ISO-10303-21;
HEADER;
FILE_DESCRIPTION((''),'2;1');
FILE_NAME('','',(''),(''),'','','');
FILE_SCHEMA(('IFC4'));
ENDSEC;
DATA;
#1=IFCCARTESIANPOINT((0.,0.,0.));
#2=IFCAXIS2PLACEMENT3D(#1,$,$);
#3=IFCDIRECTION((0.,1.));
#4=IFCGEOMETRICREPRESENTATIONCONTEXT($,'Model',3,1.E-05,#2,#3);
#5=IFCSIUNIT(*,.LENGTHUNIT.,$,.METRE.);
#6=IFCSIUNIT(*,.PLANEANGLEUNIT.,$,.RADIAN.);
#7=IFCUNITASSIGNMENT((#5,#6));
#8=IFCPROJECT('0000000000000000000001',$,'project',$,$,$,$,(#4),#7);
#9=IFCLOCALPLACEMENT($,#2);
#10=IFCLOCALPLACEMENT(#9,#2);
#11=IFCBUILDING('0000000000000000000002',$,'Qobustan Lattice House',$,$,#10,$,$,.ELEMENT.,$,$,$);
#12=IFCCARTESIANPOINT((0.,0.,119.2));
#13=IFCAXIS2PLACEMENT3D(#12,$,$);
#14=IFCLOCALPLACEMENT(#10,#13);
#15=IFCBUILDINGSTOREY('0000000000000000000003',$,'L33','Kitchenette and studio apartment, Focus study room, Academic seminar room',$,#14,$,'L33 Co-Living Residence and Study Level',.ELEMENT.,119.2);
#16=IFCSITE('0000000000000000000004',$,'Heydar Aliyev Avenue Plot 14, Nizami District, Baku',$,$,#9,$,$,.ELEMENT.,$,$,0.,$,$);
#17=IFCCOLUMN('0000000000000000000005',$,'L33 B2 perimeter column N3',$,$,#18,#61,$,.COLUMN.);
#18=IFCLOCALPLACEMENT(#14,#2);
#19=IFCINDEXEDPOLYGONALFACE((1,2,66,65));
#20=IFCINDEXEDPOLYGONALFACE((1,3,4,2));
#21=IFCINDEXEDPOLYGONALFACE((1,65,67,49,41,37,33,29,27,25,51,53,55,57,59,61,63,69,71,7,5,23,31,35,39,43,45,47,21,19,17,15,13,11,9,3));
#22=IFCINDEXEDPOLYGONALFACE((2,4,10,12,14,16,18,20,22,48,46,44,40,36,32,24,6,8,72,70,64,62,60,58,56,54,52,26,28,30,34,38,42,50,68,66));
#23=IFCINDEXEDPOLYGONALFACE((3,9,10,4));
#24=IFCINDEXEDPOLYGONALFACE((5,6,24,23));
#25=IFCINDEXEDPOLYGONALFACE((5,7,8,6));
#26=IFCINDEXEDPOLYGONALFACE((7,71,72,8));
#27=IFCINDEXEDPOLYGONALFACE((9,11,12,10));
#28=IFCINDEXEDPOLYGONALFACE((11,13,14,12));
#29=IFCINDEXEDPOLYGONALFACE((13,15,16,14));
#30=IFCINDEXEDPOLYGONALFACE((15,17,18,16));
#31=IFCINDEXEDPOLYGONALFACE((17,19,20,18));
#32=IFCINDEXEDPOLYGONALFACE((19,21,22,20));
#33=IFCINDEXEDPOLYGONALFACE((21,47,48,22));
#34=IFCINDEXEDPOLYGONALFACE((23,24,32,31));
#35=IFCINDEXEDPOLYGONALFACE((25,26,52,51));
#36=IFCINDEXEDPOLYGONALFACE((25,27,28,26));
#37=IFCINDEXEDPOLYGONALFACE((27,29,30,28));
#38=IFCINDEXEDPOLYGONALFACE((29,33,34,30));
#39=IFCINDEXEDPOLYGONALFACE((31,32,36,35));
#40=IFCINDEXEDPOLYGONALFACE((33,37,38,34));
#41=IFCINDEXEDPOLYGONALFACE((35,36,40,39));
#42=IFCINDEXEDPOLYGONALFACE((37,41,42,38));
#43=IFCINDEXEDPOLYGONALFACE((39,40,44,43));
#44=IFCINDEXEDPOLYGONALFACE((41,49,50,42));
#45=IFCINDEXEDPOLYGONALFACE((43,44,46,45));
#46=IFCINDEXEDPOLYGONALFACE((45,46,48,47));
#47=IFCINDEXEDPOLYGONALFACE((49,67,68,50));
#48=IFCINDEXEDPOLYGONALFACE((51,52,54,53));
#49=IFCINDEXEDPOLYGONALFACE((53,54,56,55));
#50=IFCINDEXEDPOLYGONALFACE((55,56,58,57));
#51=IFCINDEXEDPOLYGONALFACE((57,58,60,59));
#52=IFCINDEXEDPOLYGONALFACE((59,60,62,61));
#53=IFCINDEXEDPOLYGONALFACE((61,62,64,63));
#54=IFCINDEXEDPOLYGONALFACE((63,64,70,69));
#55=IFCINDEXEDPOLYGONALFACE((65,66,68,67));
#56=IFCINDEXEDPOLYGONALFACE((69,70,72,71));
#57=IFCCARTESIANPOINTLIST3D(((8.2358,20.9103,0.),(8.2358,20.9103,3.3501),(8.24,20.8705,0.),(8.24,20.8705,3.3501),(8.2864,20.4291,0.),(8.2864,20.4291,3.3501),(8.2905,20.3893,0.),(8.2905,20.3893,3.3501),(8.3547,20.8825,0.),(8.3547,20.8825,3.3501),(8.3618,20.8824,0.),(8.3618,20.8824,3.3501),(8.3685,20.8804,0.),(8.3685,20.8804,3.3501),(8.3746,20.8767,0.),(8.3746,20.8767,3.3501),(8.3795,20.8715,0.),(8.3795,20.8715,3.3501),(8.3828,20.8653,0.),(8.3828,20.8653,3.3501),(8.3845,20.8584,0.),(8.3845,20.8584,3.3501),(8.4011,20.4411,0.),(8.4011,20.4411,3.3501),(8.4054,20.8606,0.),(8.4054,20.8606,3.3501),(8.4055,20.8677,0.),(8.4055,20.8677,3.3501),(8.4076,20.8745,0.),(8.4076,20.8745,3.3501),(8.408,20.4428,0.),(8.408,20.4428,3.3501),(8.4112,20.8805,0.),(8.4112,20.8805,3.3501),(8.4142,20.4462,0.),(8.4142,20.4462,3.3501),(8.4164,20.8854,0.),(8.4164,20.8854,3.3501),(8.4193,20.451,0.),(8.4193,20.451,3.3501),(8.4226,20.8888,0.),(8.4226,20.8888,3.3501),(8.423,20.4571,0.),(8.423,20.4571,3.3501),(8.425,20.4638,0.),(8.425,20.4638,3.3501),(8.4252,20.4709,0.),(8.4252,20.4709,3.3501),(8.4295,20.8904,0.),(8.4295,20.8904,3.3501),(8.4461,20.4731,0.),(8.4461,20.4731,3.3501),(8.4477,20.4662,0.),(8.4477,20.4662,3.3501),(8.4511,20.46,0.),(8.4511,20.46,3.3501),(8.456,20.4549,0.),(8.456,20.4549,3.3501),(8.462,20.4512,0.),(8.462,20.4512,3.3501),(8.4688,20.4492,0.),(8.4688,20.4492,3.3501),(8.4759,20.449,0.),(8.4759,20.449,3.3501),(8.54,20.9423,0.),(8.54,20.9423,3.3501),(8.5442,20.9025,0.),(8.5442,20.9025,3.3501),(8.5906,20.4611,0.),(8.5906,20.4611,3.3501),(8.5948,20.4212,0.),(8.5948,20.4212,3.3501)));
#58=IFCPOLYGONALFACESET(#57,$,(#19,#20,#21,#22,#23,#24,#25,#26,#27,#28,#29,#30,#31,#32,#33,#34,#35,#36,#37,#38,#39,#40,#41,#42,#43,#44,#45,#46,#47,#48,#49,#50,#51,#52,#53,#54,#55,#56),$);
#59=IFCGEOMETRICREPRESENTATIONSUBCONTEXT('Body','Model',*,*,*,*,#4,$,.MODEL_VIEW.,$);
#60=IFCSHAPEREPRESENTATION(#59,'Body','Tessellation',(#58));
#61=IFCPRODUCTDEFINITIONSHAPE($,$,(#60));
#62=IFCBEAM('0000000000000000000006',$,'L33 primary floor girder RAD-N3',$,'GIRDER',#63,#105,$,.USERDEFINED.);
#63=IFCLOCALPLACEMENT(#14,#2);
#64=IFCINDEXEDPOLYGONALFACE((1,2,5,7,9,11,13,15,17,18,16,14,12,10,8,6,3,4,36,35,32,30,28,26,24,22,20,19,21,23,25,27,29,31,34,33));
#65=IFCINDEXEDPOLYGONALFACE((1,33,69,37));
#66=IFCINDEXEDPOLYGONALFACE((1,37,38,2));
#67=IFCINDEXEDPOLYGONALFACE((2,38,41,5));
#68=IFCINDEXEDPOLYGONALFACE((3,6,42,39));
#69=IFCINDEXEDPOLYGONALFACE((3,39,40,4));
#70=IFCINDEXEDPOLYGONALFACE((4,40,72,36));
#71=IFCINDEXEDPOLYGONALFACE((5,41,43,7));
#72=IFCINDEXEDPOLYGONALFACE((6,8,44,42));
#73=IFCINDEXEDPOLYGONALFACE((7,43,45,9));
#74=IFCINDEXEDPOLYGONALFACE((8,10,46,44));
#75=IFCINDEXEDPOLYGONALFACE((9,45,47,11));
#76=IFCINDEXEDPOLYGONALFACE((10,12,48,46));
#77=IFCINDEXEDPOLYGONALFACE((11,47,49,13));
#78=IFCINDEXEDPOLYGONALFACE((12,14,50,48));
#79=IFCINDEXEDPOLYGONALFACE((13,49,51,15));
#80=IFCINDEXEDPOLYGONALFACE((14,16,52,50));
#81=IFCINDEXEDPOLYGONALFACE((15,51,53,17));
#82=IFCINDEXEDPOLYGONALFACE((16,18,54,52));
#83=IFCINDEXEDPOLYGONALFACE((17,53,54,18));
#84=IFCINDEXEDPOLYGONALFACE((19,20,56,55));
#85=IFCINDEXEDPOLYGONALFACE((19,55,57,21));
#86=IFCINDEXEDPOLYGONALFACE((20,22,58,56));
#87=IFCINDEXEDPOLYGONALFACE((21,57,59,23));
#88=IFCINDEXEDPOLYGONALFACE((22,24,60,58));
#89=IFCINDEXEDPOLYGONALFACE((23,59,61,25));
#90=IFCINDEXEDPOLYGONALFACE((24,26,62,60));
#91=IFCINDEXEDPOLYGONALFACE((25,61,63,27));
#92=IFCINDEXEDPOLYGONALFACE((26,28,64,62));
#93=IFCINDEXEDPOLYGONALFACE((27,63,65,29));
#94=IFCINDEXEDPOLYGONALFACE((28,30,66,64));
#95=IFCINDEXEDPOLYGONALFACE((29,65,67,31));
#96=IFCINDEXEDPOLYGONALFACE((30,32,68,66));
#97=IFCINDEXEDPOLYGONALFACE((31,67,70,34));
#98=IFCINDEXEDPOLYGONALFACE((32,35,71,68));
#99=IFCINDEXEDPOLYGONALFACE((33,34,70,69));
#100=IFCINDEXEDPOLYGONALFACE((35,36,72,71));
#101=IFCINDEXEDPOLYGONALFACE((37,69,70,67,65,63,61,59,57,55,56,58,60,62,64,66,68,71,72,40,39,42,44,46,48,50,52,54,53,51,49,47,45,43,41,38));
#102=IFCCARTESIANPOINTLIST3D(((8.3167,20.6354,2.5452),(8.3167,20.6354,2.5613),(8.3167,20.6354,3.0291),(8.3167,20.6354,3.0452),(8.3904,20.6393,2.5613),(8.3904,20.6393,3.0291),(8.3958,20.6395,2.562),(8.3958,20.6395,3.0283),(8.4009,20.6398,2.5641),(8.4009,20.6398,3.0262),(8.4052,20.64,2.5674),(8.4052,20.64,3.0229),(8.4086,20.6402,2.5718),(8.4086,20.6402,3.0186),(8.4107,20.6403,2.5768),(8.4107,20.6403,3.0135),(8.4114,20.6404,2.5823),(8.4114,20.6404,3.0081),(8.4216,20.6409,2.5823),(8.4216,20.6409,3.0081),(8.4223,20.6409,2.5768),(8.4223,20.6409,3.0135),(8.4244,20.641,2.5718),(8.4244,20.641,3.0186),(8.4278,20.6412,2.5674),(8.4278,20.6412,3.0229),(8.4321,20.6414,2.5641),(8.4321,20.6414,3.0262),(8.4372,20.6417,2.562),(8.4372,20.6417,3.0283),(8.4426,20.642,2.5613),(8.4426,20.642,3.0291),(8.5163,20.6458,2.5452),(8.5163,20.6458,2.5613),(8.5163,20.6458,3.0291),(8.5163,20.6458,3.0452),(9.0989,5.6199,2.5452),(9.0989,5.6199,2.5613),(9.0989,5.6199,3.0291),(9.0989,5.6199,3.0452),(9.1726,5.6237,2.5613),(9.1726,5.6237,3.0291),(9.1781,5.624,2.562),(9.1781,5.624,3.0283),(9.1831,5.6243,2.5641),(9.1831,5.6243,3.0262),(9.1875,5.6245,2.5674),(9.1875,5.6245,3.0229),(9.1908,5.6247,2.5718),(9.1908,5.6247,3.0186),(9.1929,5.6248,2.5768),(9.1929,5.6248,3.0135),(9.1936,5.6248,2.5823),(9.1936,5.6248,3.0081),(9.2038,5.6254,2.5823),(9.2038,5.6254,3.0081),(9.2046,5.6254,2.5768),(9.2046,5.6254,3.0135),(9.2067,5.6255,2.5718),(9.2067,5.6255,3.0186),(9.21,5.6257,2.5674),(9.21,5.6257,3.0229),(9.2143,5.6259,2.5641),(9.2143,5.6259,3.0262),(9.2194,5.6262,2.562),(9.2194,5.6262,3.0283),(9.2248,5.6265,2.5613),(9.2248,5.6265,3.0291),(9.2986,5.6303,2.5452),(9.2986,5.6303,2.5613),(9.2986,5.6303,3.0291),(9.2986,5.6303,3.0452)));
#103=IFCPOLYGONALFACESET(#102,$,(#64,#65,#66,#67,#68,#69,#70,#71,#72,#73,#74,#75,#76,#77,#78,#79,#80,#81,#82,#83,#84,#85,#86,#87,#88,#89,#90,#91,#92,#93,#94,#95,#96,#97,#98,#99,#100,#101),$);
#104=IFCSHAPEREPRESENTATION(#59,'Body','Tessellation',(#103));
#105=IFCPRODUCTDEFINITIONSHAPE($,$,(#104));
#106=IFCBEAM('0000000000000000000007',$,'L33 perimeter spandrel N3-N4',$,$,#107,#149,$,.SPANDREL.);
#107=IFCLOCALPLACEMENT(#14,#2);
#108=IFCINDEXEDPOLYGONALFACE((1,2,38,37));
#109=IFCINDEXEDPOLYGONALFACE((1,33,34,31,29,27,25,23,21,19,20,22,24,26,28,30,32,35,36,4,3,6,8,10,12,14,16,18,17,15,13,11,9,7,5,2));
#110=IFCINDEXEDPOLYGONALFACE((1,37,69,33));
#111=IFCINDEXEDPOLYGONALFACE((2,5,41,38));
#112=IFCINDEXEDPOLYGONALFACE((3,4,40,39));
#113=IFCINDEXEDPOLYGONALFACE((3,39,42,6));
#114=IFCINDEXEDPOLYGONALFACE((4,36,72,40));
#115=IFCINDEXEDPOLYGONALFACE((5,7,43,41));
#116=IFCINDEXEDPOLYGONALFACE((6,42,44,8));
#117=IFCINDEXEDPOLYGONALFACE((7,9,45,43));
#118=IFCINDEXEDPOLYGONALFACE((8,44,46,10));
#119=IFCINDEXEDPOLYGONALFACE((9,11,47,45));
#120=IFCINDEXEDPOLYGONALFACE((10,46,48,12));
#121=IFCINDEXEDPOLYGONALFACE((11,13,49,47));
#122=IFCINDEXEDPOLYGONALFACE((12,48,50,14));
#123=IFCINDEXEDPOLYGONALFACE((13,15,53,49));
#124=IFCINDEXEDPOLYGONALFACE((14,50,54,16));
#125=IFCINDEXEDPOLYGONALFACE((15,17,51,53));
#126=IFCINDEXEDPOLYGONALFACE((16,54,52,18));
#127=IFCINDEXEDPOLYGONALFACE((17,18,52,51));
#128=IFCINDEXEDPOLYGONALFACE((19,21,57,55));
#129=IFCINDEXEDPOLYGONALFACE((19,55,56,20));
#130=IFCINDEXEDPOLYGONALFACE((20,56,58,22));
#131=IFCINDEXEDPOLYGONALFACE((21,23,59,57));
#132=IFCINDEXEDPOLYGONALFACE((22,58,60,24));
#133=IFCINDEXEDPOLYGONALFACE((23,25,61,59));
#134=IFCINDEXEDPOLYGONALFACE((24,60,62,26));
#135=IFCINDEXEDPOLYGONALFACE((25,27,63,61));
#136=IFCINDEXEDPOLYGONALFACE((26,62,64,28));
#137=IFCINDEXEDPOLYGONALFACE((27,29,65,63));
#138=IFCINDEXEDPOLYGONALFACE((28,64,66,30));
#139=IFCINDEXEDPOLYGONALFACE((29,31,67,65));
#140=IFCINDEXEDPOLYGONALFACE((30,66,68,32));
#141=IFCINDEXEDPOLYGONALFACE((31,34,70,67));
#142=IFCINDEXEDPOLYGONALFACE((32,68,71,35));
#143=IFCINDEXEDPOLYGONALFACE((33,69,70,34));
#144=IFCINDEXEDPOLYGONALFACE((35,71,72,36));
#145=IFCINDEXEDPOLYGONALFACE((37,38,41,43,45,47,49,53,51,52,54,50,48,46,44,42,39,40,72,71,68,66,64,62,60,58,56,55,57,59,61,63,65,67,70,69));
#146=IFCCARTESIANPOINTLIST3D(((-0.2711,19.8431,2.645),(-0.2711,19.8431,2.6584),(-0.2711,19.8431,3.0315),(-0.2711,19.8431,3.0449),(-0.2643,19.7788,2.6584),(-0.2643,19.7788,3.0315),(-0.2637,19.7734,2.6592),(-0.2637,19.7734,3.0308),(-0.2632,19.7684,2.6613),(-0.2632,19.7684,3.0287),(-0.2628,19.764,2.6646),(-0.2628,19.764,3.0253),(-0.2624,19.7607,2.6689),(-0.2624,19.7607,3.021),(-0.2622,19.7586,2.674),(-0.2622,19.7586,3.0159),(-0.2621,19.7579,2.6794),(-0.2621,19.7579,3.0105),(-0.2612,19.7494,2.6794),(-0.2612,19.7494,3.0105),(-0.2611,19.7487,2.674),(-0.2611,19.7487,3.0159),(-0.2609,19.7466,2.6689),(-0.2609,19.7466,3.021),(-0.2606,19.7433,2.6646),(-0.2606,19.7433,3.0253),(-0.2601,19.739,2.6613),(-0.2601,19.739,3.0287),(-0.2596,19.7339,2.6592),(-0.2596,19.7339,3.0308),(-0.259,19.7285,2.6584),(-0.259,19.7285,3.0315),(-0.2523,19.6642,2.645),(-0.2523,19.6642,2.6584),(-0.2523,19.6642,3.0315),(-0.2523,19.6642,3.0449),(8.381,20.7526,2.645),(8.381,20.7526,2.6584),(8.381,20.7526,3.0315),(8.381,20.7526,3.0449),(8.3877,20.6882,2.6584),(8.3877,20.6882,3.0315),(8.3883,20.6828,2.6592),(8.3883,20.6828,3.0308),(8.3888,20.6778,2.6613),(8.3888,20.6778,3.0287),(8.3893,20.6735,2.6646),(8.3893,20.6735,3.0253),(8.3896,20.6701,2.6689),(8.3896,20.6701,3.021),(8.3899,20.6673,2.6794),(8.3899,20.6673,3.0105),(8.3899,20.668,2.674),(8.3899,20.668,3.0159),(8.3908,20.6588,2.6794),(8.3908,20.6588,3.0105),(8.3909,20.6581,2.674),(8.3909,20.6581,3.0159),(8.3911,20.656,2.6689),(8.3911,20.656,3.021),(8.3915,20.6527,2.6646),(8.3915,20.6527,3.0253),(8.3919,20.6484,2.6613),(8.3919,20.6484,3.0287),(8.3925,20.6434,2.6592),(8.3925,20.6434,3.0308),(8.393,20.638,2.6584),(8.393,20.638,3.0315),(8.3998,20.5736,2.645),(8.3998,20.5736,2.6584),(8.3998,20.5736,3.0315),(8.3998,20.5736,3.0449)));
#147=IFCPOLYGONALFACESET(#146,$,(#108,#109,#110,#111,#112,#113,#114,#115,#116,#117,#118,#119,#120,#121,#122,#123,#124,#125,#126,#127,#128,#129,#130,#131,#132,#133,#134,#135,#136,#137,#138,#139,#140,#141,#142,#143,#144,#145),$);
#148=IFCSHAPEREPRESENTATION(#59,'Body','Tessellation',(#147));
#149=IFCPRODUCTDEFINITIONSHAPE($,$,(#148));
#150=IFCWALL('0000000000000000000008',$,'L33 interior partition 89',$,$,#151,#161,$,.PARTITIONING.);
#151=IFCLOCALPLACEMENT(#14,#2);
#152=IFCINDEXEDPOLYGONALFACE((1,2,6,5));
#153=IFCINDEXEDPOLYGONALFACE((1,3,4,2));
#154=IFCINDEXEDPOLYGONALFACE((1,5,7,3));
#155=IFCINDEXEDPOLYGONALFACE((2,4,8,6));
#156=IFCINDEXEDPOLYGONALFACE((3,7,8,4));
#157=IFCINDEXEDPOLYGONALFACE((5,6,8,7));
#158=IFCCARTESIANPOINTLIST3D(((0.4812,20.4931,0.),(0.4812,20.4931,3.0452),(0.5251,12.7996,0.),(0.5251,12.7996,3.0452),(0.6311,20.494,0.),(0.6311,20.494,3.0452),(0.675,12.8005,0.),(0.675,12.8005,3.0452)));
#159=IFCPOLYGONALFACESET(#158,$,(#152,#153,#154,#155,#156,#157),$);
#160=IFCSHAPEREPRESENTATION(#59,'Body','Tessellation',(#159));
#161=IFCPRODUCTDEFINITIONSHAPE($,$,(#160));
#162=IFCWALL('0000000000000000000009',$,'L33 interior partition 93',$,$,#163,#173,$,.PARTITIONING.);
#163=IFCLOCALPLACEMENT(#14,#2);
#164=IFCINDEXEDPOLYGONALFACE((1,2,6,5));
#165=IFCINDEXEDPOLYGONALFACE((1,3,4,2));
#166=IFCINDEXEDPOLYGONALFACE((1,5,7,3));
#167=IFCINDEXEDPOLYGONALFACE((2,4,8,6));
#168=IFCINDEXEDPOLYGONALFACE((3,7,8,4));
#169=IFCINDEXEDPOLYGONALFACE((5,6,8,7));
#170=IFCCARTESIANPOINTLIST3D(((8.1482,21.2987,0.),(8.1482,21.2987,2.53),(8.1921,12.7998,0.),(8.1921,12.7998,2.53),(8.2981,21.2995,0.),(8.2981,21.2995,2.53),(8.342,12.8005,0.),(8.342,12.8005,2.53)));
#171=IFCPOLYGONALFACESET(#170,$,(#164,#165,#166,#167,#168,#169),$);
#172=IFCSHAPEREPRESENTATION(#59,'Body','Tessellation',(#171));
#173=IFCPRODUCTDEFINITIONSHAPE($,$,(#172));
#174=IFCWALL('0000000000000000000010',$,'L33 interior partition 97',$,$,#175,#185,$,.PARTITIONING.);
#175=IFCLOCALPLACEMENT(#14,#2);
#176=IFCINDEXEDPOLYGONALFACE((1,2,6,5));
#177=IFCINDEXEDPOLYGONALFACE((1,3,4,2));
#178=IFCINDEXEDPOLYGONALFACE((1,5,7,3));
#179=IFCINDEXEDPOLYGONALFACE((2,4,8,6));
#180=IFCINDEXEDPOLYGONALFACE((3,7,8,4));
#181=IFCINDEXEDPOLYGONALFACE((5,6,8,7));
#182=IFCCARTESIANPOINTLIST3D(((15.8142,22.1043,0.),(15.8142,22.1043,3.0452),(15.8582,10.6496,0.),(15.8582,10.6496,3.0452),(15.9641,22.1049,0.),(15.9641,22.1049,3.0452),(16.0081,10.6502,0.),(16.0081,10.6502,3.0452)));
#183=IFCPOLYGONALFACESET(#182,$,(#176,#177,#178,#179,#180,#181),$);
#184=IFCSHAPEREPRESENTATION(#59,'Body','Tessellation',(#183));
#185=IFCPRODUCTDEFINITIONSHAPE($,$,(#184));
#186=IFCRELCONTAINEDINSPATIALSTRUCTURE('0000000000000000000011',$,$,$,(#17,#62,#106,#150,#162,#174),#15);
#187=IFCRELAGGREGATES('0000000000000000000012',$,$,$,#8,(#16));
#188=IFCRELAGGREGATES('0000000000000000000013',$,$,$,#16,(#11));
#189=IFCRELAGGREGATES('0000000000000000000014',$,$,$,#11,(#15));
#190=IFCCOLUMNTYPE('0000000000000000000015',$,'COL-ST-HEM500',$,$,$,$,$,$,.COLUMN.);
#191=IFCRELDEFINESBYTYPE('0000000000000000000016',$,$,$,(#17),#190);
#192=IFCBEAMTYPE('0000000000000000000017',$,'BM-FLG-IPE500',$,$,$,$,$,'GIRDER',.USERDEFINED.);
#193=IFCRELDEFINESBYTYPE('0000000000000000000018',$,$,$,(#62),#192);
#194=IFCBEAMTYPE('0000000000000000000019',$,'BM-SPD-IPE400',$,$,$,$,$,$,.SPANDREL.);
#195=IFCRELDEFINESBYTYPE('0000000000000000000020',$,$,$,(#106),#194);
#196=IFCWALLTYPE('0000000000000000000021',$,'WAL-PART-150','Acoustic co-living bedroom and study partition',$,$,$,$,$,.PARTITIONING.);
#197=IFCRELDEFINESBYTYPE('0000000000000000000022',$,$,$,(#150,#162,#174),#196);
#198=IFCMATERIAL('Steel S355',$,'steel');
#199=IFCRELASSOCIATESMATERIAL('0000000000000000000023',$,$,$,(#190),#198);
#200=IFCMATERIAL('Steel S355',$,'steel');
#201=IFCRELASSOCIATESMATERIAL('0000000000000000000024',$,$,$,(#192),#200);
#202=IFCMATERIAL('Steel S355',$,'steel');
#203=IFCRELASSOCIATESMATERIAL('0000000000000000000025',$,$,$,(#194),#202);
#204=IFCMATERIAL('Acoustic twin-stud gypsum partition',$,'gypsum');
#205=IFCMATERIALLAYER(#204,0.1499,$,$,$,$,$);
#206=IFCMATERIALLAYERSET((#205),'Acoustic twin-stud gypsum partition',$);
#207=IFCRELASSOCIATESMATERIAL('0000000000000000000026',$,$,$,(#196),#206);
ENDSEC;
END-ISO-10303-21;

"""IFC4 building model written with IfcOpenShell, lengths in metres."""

from ifc_helpers import new_model, si_unit, direction, frame, frame_2d, origin, origin_2d, place, context, subcontext, project, spatial, rectangle, i_section, extrude, material, layer, layer_set, material_profile, profile_set, type_object, element, save


model = new_model("IFC4")

# Units and contexts
model_context = context("Model", 3, precision=1e-05, world=origin(), true_north=direction((0.0, 1.0)))
body_context = subcontext(model_context, "Body", "Model", "MODEL_VIEW")
ifc_project = project(units=[si_unit("LENGTHUNIT", "METRE"), si_unit("PLANEANGLEUNIT", "RADIAN")], contexts=[model_context])

# Site, building, storey
site_placement = place(None, origin())
site = spatial("IfcSite", under=ifc_project, at=site_placement, Name="Heydar Aliyev Avenue Plot 14, Nizami District, Baku", CompositionType="ELEMENT", RefElevation=0.0)
building_placement = place(site_placement, origin())
building = spatial("IfcBuilding", under=site, at=building_placement, Name="Qobustan Lattice House", CompositionType="ELEMENT")
storey_placement = place(building_placement, frame((0.0, 0.0, 119.2)))
storey = spatial("IfcBuildingStorey", under=building, at=storey_placement, Name="L33", Description="Kitchenette and studio apartment, Focus study room, Academic seminar room", LongName="L33 Co-Living Residence and Study Level", CompositionType="ELEMENT", Elevation=119.2)

# Column
ifc_material_1 = material(Name="Steel S355", Category="steel")
ifc_material_profile_1 = material_profile(ifc_material_1, i_section(OverallWidth=0.3059, OverallDepth=0.5239, WebThickness=0.021, FlangeThickness=0.04, FilletRadius=0.0271, at=origin_2d()), Name="HEM500")
ifc_profile_set_1 = profile_set([ifc_material_profile_1], Name="Steel S355")
column_type = type_object("IfcColumnType", Name="COL-ST-HEM500", PredefinedType="COLUMN", material=ifc_profile_set_1)
column_placement = place(storey_placement, frame((8.4153, 20.6658, 0.0), z_axis=(0.0, 0.0, 1.0), x_axis=(0.994522, 0.104528, 0.0)))
element("IfcColumn", 1, at=column_placement, inside=storey, type_object=column_type, Name="L33 B2 perimeter column N3", PredefinedType="COLUMN", context=body_context, shape_type="SweptSolid", body=[
    extrude(i_section(OverallWidth=0.3059, OverallDepth=0.5239, WebThickness=0.021, FlangeThickness=0.04, FilletRadius=0.0271, at=origin_2d()), origin(), (0.0, 0.0, 1.0), 3.3501),
])

# Beams
ifc_material_2 = material(Name="Steel S355", Category="steel")
ifc_material_profile_2 = material_profile(ifc_material_2, i_section(OverallWidth=0.2, OverallDepth=0.5, WebThickness=0.0103, FlangeThickness=0.0161, FilletRadius=0.021, at=origin_2d()), Name="IPE500")
ifc_profile_set_2 = profile_set([ifc_material_profile_2], Name="Steel S355")
beam_type_1 = type_object("IfcBeamType", Name="BM-FLG-IPE500", ElementType="GIRDER", PredefinedType="USERDEFINED", material=ifc_profile_set_2)
beam_1_placement = place(storey_placement, frame((8.4165, 20.6406, 2.7952), z_axis=(0.052024, -0.998646, 0.0), x_axis=(0.998646, 0.052024, 0.0)))
element("IfcBeam", 2, at=beam_1_placement, inside=storey, type_object=beam_type_1, Name="L33 primary floor girder RAD-N3", ObjectType="GIRDER", PredefinedType="USERDEFINED", context=body_context, shape_type="SweptSolid", body=[
    extrude(i_section(OverallWidth=0.2, OverallDepth=0.5, WebThickness=0.0103, FlangeThickness=0.0161, FilletRadius=0.021, at=origin_2d()), origin(), (0.0, 0.0, 1.0), 15.0359),
])
ifc_material_3 = material(Name="Steel S355", Category="steel")
ifc_material_profile_3 = material_profile(ifc_material_3, i_section(OverallWidth=0.1799, OverallDepth=0.3999, WebThickness=0.0085, FlangeThickness=0.0134, FilletRadius=0.021, at=origin_2d()), Name="IPE400")
ifc_profile_set_3 = profile_set([ifc_material_profile_3], Name="Steel S355")
beam_type_2 = type_object("IfcBeamType", Name="BM-SPD-IPE400", PredefinedType="SPANDREL", material=ifc_profile_set_3)
beam_2_placement = place(storey_placement, frame((8.3904, 20.6631, 2.845), z_axis=(-0.994521, -0.104534, 0.0), x_axis=(0.104534, -0.994521, 0.0)))
element("IfcBeam", 3, at=beam_2_placement, inside=storey, type_object=beam_type_2, Name="L33 perimeter spandrel N3-N4", PredefinedType="SPANDREL", context=body_context, shape_type="SweptSolid", body=[
    extrude(i_section(OverallWidth=0.1799, OverallDepth=0.3999, WebThickness=0.0085, FlangeThickness=0.0134, FilletRadius=0.021, at=origin_2d()), origin(), (0.0, 0.0, 1.0), 8.6997),
])

# Shared definitions
ifc_material_4 = material(Name="Acoustic twin-stud gypsum partition", Category="gypsum")
ifc_layer_1 = layer(ifc_material_4, 0.1499)
ifc_layer_set_1 = layer_set([ifc_layer_1], Name="Acoustic twin-stud gypsum partition")
wall_type_1 = type_object("IfcWallType", Name="WAL-PART-150", Description="Acoustic co-living bedroom and study partition", PredefinedType="PARTITIONING", material=ifc_layer_set_1)

# Walls
wall_1_placement = place(storey_placement, frame((0.5562, 20.4934, 0.0), z_axis=(0.0, 0.0, 1.0), x_axis=(0.005712, -0.999984, 0.0)))
element("IfcWall", 4, at=wall_1_placement, inside=storey, type_object=wall_type_1, Name="L33 interior partition 89", PredefinedType="PARTITIONING", context=body_context, shape_type="SweptSolid", body=[
    extrude(rectangle(XDim=7.6936, YDim=0.1499, at=frame_2d((3.8467, 0.0))), origin(), (0.0, 0.0, 1.0), 3.0452),
])
wall_2_placement = place(storey_placement, frame((8.2231, 21.2991, 0.0), z_axis=(0.0, 0.0, 1.0), x_axis=(0.005171, -0.999987, 0.0)))
element("IfcWall", 5, at=wall_2_placement, inside=storey, type_object=wall_type_1, Name="L33 interior partition 93", PredefinedType="PARTITIONING", context=body_context, shape_type="SweptSolid", body=[
    extrude(rectangle(XDim=8.499, YDim=0.1499, at=frame_2d((4.2495, 0.0))), origin(), (0.0, 0.0, 1.0), 2.53),
])
wall_3_placement = place(storey_placement, frame((15.8892, 22.1047, 0.0), z_axis=(0.0, 0.0, 1.0), x_axis=(0.003836, -0.999993, 0.0)))
element("IfcWall", 6, at=wall_3_placement, inside=storey, type_object=wall_type_1, Name="L33 interior partition 97", PredefinedType="PARTITIONING", context=body_context, shape_type="SweptSolid", body=[
    extrude(rectangle(XDim=11.4548, YDim=0.1499, at=frame_2d((5.7275, 0.0))), origin(), (0.0, 0.0, 1.0), 3.0452),
])

save(model, "model.ifc")
